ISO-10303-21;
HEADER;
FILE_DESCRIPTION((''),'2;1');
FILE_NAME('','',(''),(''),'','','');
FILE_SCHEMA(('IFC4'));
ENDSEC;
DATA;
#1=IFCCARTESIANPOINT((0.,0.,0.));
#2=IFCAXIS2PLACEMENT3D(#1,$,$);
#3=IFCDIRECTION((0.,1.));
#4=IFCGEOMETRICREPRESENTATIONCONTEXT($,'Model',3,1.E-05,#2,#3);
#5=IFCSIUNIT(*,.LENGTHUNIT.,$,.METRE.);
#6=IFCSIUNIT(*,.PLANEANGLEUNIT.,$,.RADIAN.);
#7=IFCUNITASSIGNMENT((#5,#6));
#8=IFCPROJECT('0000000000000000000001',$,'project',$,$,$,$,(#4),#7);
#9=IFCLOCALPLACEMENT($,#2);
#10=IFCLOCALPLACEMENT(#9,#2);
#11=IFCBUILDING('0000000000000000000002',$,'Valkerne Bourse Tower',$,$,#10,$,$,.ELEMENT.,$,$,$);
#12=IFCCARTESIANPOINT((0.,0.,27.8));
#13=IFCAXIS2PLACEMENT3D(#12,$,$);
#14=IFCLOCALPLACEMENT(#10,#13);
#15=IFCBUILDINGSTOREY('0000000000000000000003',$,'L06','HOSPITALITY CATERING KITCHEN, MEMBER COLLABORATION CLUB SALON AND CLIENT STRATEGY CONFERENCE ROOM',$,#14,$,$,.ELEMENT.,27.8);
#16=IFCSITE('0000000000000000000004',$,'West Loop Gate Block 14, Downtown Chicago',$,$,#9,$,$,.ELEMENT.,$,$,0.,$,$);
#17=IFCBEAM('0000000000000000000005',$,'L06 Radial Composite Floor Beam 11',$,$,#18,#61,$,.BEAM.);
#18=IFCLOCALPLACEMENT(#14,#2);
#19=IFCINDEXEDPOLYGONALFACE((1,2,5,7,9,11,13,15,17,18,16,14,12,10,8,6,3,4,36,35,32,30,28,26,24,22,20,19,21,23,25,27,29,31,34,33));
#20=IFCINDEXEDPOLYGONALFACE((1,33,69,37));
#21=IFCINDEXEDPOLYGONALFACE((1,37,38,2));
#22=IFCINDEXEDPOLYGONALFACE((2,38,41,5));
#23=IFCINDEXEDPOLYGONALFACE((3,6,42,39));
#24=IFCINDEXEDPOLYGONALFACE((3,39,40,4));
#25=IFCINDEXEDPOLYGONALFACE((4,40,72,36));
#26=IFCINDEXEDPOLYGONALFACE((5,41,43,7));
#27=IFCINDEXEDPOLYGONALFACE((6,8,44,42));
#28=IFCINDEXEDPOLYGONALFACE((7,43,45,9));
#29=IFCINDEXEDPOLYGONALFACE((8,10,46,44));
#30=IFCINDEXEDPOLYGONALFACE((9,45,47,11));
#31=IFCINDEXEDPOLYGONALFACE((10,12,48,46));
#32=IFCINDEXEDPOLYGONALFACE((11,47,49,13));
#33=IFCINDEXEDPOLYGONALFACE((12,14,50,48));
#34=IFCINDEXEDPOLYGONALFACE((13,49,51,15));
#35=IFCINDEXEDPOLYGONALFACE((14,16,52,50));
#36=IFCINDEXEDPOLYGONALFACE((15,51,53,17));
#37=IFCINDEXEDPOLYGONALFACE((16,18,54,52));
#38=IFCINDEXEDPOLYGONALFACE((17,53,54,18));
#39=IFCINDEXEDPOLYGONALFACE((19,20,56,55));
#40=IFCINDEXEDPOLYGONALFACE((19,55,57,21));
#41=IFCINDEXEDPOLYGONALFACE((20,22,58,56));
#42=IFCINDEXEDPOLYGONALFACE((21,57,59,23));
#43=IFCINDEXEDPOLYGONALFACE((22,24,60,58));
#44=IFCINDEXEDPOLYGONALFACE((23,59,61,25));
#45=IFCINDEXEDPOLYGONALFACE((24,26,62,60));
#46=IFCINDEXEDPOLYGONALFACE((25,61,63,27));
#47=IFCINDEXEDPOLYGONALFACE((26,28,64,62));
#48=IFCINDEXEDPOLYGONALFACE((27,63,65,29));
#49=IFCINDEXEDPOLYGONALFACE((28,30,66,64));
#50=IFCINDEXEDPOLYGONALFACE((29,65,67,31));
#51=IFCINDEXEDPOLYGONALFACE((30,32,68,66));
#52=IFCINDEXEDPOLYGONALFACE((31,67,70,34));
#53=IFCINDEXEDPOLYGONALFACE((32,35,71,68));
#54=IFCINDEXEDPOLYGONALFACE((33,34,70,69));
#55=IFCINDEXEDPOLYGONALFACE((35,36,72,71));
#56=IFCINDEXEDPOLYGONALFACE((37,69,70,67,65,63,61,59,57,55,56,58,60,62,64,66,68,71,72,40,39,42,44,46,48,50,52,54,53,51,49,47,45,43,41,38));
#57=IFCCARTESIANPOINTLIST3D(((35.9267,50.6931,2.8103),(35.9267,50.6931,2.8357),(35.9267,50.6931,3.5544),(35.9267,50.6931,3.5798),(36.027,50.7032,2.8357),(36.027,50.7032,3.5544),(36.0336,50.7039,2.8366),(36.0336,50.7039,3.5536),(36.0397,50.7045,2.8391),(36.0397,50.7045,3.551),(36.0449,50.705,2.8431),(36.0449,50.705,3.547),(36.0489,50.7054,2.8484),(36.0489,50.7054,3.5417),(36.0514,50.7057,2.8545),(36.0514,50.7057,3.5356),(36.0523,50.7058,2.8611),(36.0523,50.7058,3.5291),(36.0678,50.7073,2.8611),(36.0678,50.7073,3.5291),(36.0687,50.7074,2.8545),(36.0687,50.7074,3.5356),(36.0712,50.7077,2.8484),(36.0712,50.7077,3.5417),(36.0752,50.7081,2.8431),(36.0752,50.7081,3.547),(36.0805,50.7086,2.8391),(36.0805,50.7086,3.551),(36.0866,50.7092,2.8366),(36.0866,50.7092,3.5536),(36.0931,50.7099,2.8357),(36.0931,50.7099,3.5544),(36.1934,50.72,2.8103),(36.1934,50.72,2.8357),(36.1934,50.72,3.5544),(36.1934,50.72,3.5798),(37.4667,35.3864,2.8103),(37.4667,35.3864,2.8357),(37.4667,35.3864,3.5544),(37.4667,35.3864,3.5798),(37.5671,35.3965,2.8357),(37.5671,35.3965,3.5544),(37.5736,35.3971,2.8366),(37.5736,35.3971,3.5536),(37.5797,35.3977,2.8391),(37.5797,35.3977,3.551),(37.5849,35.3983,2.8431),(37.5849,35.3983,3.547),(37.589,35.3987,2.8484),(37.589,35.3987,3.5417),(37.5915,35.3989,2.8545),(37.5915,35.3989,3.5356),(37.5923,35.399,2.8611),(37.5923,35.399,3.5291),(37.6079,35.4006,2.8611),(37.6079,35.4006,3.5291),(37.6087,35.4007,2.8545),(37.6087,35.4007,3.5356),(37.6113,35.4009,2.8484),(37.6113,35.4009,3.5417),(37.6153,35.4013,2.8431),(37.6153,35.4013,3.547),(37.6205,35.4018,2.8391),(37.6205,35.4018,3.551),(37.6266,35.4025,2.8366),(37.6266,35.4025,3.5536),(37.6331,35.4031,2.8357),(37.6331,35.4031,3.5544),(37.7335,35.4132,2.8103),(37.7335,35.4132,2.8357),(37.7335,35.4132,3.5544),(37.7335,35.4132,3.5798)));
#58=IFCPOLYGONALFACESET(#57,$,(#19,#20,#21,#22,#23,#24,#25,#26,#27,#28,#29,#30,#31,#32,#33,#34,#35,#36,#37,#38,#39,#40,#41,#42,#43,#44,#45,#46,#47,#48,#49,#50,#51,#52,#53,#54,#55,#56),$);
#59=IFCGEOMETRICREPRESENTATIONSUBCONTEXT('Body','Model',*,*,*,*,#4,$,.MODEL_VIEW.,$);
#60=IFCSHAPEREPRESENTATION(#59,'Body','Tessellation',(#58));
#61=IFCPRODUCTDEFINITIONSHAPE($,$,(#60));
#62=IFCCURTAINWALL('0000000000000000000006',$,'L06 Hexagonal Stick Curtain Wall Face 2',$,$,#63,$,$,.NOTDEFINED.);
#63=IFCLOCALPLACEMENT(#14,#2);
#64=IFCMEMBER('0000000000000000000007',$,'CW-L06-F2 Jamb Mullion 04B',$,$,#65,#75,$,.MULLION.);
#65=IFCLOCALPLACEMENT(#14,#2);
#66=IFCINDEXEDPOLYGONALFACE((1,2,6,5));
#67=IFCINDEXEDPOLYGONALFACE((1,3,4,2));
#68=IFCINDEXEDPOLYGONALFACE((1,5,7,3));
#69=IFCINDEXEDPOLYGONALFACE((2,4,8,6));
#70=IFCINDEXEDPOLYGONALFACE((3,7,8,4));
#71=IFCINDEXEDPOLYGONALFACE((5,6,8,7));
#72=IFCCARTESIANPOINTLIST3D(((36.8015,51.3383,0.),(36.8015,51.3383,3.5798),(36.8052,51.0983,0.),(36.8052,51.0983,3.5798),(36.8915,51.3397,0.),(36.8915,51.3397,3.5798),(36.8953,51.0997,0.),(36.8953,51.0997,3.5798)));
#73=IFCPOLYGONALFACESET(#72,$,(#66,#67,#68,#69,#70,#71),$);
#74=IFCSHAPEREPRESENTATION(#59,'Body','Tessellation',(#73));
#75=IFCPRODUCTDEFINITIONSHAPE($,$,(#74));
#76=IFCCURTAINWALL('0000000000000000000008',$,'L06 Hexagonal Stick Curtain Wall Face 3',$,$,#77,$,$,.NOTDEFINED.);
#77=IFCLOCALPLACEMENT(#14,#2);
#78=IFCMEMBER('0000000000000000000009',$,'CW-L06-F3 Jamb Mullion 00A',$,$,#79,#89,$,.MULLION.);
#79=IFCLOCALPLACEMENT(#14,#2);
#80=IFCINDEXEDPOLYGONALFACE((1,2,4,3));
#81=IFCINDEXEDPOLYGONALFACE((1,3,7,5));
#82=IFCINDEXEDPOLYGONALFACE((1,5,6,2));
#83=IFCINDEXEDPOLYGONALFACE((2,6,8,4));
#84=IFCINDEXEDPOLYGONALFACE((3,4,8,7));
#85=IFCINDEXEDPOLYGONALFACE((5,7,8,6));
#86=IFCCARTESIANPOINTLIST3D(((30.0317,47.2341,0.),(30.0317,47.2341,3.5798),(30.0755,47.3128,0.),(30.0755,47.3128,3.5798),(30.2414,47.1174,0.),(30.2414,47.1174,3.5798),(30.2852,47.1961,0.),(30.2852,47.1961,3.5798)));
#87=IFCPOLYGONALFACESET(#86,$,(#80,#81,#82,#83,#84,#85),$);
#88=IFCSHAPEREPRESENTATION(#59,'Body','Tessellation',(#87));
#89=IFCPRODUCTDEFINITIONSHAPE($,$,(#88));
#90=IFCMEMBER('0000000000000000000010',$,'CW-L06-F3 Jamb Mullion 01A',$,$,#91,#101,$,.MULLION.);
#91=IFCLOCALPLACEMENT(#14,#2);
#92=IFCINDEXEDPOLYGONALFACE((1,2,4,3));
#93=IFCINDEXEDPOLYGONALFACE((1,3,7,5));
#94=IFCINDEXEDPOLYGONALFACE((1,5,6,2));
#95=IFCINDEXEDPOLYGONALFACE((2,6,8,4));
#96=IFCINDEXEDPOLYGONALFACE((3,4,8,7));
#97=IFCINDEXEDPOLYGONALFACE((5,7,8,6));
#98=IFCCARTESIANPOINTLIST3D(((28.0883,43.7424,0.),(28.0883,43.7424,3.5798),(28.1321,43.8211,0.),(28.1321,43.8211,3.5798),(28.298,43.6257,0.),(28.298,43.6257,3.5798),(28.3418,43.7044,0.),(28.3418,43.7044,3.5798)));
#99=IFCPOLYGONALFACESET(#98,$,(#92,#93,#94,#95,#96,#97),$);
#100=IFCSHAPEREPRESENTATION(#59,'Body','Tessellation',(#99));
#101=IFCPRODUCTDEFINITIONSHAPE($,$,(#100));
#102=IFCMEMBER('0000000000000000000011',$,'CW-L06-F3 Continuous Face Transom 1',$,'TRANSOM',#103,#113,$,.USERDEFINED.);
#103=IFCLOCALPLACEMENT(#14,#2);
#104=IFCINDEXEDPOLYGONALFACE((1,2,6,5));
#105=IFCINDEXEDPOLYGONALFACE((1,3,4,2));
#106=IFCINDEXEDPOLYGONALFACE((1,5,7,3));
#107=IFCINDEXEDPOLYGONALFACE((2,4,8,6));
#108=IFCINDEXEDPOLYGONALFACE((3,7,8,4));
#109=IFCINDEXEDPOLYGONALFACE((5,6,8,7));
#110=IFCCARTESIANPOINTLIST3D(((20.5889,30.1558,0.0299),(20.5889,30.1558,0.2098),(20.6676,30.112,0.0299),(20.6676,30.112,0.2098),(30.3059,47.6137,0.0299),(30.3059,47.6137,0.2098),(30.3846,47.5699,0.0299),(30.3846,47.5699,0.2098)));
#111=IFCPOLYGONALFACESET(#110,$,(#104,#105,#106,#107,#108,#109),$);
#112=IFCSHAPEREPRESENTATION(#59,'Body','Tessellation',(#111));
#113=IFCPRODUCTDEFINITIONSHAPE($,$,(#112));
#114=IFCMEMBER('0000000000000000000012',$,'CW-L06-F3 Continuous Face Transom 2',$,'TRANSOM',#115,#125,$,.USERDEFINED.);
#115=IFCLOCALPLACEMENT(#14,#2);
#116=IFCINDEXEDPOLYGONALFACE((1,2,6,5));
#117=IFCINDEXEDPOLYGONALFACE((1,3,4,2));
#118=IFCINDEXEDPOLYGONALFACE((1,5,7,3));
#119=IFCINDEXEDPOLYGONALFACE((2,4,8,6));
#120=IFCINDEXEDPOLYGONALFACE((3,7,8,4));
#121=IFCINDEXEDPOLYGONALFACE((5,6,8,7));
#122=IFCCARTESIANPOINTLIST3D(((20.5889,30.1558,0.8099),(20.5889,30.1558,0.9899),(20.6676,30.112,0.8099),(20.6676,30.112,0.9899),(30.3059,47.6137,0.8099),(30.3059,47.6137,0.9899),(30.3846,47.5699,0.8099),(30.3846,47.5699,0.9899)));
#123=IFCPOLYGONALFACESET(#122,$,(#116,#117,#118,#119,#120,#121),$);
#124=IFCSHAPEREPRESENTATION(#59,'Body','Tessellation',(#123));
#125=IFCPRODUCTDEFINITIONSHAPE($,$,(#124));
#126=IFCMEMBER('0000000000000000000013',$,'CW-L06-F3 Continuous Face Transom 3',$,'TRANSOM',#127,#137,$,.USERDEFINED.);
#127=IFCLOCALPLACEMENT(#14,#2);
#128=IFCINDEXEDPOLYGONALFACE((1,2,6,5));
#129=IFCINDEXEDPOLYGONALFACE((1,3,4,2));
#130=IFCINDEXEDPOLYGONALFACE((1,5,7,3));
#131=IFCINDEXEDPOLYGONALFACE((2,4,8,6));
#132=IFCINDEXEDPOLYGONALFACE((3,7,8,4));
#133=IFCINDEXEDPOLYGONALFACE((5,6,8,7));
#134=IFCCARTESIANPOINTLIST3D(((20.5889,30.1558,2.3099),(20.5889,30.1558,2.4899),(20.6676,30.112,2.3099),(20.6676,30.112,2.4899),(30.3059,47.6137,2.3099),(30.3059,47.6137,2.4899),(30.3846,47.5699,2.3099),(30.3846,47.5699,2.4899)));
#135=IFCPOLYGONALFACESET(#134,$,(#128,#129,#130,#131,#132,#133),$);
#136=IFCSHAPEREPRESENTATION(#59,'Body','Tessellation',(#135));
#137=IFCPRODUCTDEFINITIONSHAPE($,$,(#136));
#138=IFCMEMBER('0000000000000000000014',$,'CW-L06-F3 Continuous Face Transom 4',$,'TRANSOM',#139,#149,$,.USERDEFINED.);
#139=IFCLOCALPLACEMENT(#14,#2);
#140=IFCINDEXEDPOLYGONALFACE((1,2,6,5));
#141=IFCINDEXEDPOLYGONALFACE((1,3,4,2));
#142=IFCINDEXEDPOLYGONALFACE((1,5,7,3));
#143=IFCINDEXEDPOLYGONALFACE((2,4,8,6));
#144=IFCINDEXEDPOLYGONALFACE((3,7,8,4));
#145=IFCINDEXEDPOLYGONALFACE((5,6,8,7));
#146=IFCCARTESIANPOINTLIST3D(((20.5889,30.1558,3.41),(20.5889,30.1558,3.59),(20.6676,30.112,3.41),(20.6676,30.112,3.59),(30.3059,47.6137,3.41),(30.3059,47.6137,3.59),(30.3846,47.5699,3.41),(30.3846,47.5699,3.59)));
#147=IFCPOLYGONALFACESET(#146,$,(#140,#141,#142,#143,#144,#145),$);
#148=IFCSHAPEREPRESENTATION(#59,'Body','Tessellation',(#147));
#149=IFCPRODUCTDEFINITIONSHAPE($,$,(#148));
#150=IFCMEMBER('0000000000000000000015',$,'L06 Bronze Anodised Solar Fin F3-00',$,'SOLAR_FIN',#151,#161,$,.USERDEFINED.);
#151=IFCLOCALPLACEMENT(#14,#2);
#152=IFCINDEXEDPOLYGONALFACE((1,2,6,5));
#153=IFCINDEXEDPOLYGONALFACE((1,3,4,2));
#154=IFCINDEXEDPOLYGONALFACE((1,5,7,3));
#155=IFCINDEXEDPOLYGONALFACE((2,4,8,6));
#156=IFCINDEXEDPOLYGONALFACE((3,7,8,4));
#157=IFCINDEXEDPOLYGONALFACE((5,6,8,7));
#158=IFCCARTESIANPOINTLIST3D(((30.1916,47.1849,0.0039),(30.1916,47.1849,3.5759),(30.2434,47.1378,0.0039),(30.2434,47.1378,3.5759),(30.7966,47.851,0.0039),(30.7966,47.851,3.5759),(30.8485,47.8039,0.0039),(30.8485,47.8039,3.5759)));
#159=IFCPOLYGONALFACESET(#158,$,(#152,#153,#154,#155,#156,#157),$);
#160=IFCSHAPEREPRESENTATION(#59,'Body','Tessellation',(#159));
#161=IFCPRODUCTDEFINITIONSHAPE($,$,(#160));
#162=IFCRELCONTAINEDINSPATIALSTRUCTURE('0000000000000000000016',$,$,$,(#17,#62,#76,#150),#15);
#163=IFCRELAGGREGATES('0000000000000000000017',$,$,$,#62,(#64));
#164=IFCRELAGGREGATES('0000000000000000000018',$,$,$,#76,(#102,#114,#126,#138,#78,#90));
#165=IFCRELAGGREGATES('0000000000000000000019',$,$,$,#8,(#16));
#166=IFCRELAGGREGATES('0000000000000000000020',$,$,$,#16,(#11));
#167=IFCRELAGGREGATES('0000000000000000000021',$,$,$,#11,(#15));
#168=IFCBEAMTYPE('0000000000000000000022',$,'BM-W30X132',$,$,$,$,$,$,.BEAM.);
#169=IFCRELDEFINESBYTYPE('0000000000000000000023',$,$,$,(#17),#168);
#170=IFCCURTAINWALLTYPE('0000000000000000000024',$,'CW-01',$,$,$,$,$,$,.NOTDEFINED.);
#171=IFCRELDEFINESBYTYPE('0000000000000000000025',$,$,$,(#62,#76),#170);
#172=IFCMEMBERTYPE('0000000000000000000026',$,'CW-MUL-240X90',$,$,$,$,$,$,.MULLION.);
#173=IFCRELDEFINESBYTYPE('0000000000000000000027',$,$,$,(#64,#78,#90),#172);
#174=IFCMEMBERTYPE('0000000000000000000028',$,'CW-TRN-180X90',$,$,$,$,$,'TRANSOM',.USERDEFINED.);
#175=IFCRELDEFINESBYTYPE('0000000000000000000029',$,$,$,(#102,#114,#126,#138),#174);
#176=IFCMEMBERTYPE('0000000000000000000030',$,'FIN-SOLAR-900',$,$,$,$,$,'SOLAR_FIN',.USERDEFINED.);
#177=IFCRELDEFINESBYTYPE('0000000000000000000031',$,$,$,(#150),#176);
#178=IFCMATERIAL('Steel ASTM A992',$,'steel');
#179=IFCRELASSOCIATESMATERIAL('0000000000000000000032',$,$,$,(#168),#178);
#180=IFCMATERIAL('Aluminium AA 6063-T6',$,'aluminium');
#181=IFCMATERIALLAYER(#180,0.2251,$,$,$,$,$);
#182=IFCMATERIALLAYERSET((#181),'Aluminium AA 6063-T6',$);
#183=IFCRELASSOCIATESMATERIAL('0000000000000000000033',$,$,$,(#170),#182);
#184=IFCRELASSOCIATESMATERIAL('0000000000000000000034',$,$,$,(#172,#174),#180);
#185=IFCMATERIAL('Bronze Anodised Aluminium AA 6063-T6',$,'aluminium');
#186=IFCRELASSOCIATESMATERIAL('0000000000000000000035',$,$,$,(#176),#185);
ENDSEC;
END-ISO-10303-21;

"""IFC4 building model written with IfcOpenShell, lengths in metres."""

from ifc_helpers import new_model, si_unit, direction, frame, origin, origin_2d, place, context, subcontext, project, spatial, rectangle, i_section, extrude, material, layer, layer_set, material_profile, profile_set, type_object, element, aggregate, save


model = new_model("IFC4")

# Units and contexts
model_context = context("Model", 3, precision=1e-05, world=origin(), true_north=direction((0.0, 1.0)))
body_context = subcontext(model_context, "Body", "Model", "MODEL_VIEW")
ifc_project = project(units=[si_unit("LENGTHUNIT", "METRE"), si_unit("PLANEANGLEUNIT", "RADIAN")], contexts=[model_context])

# Site, building, storey
site_placement = place(None, origin())
site = spatial("IfcSite", under=ifc_project, at=site_placement, Name="West Loop Gate Block 14, Downtown Chicago", CompositionType="ELEMENT", RefElevation=0.0)
building_placement = place(site_placement, origin())
building = spatial("IfcBuilding", under=site, at=building_placement, Name="Valkerne Bourse Tower", CompositionType="ELEMENT")
storey_placement = place(building_placement, frame((0.0, 0.0, 27.8)))
storey = spatial("IfcBuildingStorey", under=building, at=storey_placement, Name="L06", Description="HOSPITALITY CATERING KITCHEN, MEMBER COLLABORATION CLUB SALON AND CLIENT STRATEGY CONFERENCE ROOM", CompositionType="ELEMENT", Elevation=27.8)

# Beam
ifc_material_1 = material(Name="Steel ASTM A992", Category="steel")
ifc_material_profile_1 = material_profile(ifc_material_1, i_section(OverallWidth=0.2681, OverallDepth=0.7695, WebThickness=0.0156, FlangeThickness=0.0254, FilletRadius=0.0254, at=origin_2d()), Name="W30X132")
ifc_profile_set_1 = profile_set([ifc_material_profile_1], Name="Steel ASTM A992")
beam_type_1 = type_object("IfcBeamType", Name="BM-W30X132", PredefinedType="BEAM", material=ifc_profile_set_1)
beam_1_placement = place(storey_placement, frame((36.0601, 50.7065, 3.1951), z_axis=(0.100107, -0.994977, 0.0), x_axis=(0.994977, 0.100107, 0.0)))
element("IfcBeam", 1, at=beam_1_placement, inside=storey, type_object=beam_type_1, Name="L06 Radial Composite Floor Beam 11", PredefinedType="BEAM", context=body_context, shape_type="SweptSolid", body=[
    extrude(i_section(OverallWidth=0.2681, OverallDepth=0.7695, WebThickness=0.0156, FlangeThickness=0.0254, FilletRadius=0.0254, at=origin_2d()), origin(), (0.0, 0.0, 1.0), 15.384),
])

# Curtain wall, member
ifc_material_2 = material(Name="Aluminium AA 6063-T6", Category="aluminium")
ifc_layer_1 = layer(ifc_material_2, 0.2251)
ifc_layer_set_1 = layer_set([ifc_layer_1], Name="Aluminium AA 6063-T6")
curtain_wall_type = type_object("IfcCurtainWallType", Name="CW-01", PredefinedType="NOTDEFINED", material=ifc_layer_set_1)
curtain_wall_1_placement = place(storey_placement, origin())
curtain_wall_1 = element("IfcCurtainWall", 2, at=curtain_wall_1_placement, inside=storey, type_object=curtain_wall_type, Name="L06 Hexagonal Stick Curtain Wall Face 2", PredefinedType="NOTDEFINED")
ifc_material_profile_2 = material_profile(ifc_material_2, rectangle(XDim=0.0901, YDim=0.24, at=origin_2d()), Name="CWM-90X240")
ifc_profile_set_2 = profile_set([ifc_material_profile_2], Name="Aluminium AA 6063-T6")
member_type_1 = type_object("IfcMemberType", Name="CW-MUL-240X90", PredefinedType="MULLION", material=ifc_profile_set_2)
member_1_placement = place(storey_placement, frame((36.8484, 51.219, 0.0), z_axis=(0.0, 0.0, 1.0), x_axis=(-0.999877, -0.015716, 0.0)))
member_1 = element("IfcMember", 3, at=member_1_placement, type_object=member_type_1, Name="CW-L06-F2 Jamb Mullion 04B", PredefinedType="MULLION", context=body_context, shape_type="SweptSolid", body=[
    extrude(rectangle(XDim=0.0901, YDim=0.24, at=origin_2d()), origin(), (0.0, 0.0, 1.0), 3.5798),
])
aggregate(curtain_wall_1, [member_1])

# Curtain wall, members
curtain_wall_2_placement = place(storey_placement, origin())
curtain_wall_2 = element("IfcCurtainWall", 4, at=curtain_wall_2_placement, inside=storey, type_object=curtain_wall_type, Name="L06 Hexagonal Stick Curtain Wall Face 3", PredefinedType="NOTDEFINED")
member_2_placement = place(storey_placement, frame((30.1584, 47.2151, 0.0), z_axis=(0.0, 0.0, 1.0), x_axis=(-0.486335, -0.873772, 0.0)))
member_2 = element("IfcMember", 5, at=member_2_placement, type_object=member_type_1, Name="CW-L06-F3 Jamb Mullion 00A", PredefinedType="MULLION", context=body_context, shape_type="SweptSolid", body=[
    extrude(rectangle(XDim=0.0901, YDim=0.24, at=origin_2d()), origin(), (0.0, 0.0, 1.0), 3.5798),
])
member_3_placement = place(storey_placement, frame((28.2151, 43.7234, 0.0), z_axis=(0.0, 0.0, 1.0), x_axis=(-0.486335, -0.873772, 0.0)))
member_3 = element("IfcMember", 6, at=member_3_placement, type_object=member_type_1, Name="CW-L06-F3 Jamb Mullion 01A", PredefinedType="MULLION", context=body_context, shape_type="SweptSolid", body=[
    extrude(rectangle(XDim=0.0901, YDim=0.24, at=origin_2d()), origin(), (0.0, 0.0, 1.0), 3.5798),
])
ifc_material_profile_3 = material_profile(ifc_material_2, rectangle(XDim=0.0901, YDim=0.1799, at=origin_2d()), Name="CWT-90X180")
ifc_profile_set_3 = profile_set([ifc_material_profile_3], Name="Aluminium AA 6063-T6")
member_type_2 = type_object("IfcMemberType", Name="CW-TRN-180X90", ElementType="TRANSOM", PredefinedType="USERDEFINED", material=ifc_profile_set_3)
member_4_placement = place(storey_placement, frame((30.3452, 47.5918, 0.1199), z_axis=(-0.486337, -0.873771, 0.0), x_axis=(0.873771, -0.486337, 0.0)))
member_4 = element("IfcMember", 7, at=member_4_placement, type_object=member_type_2, Name="CW-L06-F3 Continuous Face Transom 1", ObjectType="TRANSOM", PredefinedType="USERDEFINED", context=body_context, shape_type="SweptSolid", body=[
    extrude(rectangle(XDim=0.0901, YDim=0.1799, at=origin_2d()), origin(), (0.0, 0.0, 1.0), 19.98),
])
member_5_placement = place(storey_placement, frame((30.3452, 47.5918, 0.8999), z_axis=(-0.486337, -0.873771, 0.0), x_axis=(0.873771, -0.486337, 0.0)))
member_5 = element("IfcMember", 8, at=member_5_placement, type_object=member_type_2, Name="CW-L06-F3 Continuous Face Transom 2", ObjectType="TRANSOM", PredefinedType="USERDEFINED", context=body_context, shape_type="SweptSolid", body=[
    extrude(rectangle(XDim=0.0901, YDim=0.1799, at=origin_2d()), origin(), (0.0, 0.0, 1.0), 19.98),
])
member_6_placement = place(storey_placement, frame((30.3452, 47.5918, 2.3999), z_axis=(-0.486337, -0.873771, 0.0), x_axis=(0.873771, -0.486337, 0.0)))
member_6 = element("IfcMember", 9, at=member_6_placement, type_object=member_type_2, Name="CW-L06-F3 Continuous Face Transom 3", ObjectType="TRANSOM", PredefinedType="USERDEFINED", context=body_context, shape_type="SweptSolid", body=[
    extrude(rectangle(XDim=0.0901, YDim=0.1799, at=origin_2d()), origin(), (0.0, 0.0, 1.0), 19.98),
])
member_7_placement = place(storey_placement, frame((30.3452, 47.5918, 3.5), z_axis=(-0.486337, -0.873771, 0.0), x_axis=(0.873771, -0.486337, 0.0)))
member_7 = element("IfcMember", 10, at=member_7_placement, type_object=member_type_2, Name="CW-L06-F3 Continuous Face Transom 4", ObjectType="TRANSOM", PredefinedType="USERDEFINED", context=body_context, shape_type="SweptSolid", body=[
    extrude(rectangle(XDim=0.0901, YDim=0.1799, at=origin_2d()), origin(), (0.0, 0.0, 1.0), 19.98),
])

# Member
ifc_material_3 = material(Name="Bronze Anodised Aluminium AA 6063-T6", Category="aluminium")
ifc_material_profile_4 = material_profile(ifc_material_3, rectangle(XDim=0.0701, YDim=0.8999, at=origin_2d()), Name="FIN-70X900")
ifc_profile_set_4 = profile_set([ifc_material_profile_4], Name="Bronze Anodised Aluminium AA 6063-T6")
member_type_3 = type_object("IfcMemberType", Name="FIN-SOLAR-900", ElementType="SOLAR_FIN", PredefinedType="USERDEFINED", material=ifc_profile_set_4)
member_8_placement = place(storey_placement, frame((30.52, 47.4944, 0.0039), z_axis=(0.0, 0.0, 1.0), x_axis=(-0.74025, 0.672332, 0.0)))
element("IfcMember", 11, at=member_8_placement, inside=storey, type_object=member_type_3, Name="L06 Bronze Anodised Solar Fin F3-00", ObjectType="SOLAR_FIN", PredefinedType="USERDEFINED", context=body_context, shape_type="SweptSolid", body=[
    extrude(rectangle(XDim=0.0701, YDim=0.8999, at=origin_2d()), origin(), (0.0, 0.0, 1.0), 3.572),
])

aggregate(curtain_wall_2, [member_4, member_5, member_6, member_7, member_2, member_3])

save(model, "model.ifc")
